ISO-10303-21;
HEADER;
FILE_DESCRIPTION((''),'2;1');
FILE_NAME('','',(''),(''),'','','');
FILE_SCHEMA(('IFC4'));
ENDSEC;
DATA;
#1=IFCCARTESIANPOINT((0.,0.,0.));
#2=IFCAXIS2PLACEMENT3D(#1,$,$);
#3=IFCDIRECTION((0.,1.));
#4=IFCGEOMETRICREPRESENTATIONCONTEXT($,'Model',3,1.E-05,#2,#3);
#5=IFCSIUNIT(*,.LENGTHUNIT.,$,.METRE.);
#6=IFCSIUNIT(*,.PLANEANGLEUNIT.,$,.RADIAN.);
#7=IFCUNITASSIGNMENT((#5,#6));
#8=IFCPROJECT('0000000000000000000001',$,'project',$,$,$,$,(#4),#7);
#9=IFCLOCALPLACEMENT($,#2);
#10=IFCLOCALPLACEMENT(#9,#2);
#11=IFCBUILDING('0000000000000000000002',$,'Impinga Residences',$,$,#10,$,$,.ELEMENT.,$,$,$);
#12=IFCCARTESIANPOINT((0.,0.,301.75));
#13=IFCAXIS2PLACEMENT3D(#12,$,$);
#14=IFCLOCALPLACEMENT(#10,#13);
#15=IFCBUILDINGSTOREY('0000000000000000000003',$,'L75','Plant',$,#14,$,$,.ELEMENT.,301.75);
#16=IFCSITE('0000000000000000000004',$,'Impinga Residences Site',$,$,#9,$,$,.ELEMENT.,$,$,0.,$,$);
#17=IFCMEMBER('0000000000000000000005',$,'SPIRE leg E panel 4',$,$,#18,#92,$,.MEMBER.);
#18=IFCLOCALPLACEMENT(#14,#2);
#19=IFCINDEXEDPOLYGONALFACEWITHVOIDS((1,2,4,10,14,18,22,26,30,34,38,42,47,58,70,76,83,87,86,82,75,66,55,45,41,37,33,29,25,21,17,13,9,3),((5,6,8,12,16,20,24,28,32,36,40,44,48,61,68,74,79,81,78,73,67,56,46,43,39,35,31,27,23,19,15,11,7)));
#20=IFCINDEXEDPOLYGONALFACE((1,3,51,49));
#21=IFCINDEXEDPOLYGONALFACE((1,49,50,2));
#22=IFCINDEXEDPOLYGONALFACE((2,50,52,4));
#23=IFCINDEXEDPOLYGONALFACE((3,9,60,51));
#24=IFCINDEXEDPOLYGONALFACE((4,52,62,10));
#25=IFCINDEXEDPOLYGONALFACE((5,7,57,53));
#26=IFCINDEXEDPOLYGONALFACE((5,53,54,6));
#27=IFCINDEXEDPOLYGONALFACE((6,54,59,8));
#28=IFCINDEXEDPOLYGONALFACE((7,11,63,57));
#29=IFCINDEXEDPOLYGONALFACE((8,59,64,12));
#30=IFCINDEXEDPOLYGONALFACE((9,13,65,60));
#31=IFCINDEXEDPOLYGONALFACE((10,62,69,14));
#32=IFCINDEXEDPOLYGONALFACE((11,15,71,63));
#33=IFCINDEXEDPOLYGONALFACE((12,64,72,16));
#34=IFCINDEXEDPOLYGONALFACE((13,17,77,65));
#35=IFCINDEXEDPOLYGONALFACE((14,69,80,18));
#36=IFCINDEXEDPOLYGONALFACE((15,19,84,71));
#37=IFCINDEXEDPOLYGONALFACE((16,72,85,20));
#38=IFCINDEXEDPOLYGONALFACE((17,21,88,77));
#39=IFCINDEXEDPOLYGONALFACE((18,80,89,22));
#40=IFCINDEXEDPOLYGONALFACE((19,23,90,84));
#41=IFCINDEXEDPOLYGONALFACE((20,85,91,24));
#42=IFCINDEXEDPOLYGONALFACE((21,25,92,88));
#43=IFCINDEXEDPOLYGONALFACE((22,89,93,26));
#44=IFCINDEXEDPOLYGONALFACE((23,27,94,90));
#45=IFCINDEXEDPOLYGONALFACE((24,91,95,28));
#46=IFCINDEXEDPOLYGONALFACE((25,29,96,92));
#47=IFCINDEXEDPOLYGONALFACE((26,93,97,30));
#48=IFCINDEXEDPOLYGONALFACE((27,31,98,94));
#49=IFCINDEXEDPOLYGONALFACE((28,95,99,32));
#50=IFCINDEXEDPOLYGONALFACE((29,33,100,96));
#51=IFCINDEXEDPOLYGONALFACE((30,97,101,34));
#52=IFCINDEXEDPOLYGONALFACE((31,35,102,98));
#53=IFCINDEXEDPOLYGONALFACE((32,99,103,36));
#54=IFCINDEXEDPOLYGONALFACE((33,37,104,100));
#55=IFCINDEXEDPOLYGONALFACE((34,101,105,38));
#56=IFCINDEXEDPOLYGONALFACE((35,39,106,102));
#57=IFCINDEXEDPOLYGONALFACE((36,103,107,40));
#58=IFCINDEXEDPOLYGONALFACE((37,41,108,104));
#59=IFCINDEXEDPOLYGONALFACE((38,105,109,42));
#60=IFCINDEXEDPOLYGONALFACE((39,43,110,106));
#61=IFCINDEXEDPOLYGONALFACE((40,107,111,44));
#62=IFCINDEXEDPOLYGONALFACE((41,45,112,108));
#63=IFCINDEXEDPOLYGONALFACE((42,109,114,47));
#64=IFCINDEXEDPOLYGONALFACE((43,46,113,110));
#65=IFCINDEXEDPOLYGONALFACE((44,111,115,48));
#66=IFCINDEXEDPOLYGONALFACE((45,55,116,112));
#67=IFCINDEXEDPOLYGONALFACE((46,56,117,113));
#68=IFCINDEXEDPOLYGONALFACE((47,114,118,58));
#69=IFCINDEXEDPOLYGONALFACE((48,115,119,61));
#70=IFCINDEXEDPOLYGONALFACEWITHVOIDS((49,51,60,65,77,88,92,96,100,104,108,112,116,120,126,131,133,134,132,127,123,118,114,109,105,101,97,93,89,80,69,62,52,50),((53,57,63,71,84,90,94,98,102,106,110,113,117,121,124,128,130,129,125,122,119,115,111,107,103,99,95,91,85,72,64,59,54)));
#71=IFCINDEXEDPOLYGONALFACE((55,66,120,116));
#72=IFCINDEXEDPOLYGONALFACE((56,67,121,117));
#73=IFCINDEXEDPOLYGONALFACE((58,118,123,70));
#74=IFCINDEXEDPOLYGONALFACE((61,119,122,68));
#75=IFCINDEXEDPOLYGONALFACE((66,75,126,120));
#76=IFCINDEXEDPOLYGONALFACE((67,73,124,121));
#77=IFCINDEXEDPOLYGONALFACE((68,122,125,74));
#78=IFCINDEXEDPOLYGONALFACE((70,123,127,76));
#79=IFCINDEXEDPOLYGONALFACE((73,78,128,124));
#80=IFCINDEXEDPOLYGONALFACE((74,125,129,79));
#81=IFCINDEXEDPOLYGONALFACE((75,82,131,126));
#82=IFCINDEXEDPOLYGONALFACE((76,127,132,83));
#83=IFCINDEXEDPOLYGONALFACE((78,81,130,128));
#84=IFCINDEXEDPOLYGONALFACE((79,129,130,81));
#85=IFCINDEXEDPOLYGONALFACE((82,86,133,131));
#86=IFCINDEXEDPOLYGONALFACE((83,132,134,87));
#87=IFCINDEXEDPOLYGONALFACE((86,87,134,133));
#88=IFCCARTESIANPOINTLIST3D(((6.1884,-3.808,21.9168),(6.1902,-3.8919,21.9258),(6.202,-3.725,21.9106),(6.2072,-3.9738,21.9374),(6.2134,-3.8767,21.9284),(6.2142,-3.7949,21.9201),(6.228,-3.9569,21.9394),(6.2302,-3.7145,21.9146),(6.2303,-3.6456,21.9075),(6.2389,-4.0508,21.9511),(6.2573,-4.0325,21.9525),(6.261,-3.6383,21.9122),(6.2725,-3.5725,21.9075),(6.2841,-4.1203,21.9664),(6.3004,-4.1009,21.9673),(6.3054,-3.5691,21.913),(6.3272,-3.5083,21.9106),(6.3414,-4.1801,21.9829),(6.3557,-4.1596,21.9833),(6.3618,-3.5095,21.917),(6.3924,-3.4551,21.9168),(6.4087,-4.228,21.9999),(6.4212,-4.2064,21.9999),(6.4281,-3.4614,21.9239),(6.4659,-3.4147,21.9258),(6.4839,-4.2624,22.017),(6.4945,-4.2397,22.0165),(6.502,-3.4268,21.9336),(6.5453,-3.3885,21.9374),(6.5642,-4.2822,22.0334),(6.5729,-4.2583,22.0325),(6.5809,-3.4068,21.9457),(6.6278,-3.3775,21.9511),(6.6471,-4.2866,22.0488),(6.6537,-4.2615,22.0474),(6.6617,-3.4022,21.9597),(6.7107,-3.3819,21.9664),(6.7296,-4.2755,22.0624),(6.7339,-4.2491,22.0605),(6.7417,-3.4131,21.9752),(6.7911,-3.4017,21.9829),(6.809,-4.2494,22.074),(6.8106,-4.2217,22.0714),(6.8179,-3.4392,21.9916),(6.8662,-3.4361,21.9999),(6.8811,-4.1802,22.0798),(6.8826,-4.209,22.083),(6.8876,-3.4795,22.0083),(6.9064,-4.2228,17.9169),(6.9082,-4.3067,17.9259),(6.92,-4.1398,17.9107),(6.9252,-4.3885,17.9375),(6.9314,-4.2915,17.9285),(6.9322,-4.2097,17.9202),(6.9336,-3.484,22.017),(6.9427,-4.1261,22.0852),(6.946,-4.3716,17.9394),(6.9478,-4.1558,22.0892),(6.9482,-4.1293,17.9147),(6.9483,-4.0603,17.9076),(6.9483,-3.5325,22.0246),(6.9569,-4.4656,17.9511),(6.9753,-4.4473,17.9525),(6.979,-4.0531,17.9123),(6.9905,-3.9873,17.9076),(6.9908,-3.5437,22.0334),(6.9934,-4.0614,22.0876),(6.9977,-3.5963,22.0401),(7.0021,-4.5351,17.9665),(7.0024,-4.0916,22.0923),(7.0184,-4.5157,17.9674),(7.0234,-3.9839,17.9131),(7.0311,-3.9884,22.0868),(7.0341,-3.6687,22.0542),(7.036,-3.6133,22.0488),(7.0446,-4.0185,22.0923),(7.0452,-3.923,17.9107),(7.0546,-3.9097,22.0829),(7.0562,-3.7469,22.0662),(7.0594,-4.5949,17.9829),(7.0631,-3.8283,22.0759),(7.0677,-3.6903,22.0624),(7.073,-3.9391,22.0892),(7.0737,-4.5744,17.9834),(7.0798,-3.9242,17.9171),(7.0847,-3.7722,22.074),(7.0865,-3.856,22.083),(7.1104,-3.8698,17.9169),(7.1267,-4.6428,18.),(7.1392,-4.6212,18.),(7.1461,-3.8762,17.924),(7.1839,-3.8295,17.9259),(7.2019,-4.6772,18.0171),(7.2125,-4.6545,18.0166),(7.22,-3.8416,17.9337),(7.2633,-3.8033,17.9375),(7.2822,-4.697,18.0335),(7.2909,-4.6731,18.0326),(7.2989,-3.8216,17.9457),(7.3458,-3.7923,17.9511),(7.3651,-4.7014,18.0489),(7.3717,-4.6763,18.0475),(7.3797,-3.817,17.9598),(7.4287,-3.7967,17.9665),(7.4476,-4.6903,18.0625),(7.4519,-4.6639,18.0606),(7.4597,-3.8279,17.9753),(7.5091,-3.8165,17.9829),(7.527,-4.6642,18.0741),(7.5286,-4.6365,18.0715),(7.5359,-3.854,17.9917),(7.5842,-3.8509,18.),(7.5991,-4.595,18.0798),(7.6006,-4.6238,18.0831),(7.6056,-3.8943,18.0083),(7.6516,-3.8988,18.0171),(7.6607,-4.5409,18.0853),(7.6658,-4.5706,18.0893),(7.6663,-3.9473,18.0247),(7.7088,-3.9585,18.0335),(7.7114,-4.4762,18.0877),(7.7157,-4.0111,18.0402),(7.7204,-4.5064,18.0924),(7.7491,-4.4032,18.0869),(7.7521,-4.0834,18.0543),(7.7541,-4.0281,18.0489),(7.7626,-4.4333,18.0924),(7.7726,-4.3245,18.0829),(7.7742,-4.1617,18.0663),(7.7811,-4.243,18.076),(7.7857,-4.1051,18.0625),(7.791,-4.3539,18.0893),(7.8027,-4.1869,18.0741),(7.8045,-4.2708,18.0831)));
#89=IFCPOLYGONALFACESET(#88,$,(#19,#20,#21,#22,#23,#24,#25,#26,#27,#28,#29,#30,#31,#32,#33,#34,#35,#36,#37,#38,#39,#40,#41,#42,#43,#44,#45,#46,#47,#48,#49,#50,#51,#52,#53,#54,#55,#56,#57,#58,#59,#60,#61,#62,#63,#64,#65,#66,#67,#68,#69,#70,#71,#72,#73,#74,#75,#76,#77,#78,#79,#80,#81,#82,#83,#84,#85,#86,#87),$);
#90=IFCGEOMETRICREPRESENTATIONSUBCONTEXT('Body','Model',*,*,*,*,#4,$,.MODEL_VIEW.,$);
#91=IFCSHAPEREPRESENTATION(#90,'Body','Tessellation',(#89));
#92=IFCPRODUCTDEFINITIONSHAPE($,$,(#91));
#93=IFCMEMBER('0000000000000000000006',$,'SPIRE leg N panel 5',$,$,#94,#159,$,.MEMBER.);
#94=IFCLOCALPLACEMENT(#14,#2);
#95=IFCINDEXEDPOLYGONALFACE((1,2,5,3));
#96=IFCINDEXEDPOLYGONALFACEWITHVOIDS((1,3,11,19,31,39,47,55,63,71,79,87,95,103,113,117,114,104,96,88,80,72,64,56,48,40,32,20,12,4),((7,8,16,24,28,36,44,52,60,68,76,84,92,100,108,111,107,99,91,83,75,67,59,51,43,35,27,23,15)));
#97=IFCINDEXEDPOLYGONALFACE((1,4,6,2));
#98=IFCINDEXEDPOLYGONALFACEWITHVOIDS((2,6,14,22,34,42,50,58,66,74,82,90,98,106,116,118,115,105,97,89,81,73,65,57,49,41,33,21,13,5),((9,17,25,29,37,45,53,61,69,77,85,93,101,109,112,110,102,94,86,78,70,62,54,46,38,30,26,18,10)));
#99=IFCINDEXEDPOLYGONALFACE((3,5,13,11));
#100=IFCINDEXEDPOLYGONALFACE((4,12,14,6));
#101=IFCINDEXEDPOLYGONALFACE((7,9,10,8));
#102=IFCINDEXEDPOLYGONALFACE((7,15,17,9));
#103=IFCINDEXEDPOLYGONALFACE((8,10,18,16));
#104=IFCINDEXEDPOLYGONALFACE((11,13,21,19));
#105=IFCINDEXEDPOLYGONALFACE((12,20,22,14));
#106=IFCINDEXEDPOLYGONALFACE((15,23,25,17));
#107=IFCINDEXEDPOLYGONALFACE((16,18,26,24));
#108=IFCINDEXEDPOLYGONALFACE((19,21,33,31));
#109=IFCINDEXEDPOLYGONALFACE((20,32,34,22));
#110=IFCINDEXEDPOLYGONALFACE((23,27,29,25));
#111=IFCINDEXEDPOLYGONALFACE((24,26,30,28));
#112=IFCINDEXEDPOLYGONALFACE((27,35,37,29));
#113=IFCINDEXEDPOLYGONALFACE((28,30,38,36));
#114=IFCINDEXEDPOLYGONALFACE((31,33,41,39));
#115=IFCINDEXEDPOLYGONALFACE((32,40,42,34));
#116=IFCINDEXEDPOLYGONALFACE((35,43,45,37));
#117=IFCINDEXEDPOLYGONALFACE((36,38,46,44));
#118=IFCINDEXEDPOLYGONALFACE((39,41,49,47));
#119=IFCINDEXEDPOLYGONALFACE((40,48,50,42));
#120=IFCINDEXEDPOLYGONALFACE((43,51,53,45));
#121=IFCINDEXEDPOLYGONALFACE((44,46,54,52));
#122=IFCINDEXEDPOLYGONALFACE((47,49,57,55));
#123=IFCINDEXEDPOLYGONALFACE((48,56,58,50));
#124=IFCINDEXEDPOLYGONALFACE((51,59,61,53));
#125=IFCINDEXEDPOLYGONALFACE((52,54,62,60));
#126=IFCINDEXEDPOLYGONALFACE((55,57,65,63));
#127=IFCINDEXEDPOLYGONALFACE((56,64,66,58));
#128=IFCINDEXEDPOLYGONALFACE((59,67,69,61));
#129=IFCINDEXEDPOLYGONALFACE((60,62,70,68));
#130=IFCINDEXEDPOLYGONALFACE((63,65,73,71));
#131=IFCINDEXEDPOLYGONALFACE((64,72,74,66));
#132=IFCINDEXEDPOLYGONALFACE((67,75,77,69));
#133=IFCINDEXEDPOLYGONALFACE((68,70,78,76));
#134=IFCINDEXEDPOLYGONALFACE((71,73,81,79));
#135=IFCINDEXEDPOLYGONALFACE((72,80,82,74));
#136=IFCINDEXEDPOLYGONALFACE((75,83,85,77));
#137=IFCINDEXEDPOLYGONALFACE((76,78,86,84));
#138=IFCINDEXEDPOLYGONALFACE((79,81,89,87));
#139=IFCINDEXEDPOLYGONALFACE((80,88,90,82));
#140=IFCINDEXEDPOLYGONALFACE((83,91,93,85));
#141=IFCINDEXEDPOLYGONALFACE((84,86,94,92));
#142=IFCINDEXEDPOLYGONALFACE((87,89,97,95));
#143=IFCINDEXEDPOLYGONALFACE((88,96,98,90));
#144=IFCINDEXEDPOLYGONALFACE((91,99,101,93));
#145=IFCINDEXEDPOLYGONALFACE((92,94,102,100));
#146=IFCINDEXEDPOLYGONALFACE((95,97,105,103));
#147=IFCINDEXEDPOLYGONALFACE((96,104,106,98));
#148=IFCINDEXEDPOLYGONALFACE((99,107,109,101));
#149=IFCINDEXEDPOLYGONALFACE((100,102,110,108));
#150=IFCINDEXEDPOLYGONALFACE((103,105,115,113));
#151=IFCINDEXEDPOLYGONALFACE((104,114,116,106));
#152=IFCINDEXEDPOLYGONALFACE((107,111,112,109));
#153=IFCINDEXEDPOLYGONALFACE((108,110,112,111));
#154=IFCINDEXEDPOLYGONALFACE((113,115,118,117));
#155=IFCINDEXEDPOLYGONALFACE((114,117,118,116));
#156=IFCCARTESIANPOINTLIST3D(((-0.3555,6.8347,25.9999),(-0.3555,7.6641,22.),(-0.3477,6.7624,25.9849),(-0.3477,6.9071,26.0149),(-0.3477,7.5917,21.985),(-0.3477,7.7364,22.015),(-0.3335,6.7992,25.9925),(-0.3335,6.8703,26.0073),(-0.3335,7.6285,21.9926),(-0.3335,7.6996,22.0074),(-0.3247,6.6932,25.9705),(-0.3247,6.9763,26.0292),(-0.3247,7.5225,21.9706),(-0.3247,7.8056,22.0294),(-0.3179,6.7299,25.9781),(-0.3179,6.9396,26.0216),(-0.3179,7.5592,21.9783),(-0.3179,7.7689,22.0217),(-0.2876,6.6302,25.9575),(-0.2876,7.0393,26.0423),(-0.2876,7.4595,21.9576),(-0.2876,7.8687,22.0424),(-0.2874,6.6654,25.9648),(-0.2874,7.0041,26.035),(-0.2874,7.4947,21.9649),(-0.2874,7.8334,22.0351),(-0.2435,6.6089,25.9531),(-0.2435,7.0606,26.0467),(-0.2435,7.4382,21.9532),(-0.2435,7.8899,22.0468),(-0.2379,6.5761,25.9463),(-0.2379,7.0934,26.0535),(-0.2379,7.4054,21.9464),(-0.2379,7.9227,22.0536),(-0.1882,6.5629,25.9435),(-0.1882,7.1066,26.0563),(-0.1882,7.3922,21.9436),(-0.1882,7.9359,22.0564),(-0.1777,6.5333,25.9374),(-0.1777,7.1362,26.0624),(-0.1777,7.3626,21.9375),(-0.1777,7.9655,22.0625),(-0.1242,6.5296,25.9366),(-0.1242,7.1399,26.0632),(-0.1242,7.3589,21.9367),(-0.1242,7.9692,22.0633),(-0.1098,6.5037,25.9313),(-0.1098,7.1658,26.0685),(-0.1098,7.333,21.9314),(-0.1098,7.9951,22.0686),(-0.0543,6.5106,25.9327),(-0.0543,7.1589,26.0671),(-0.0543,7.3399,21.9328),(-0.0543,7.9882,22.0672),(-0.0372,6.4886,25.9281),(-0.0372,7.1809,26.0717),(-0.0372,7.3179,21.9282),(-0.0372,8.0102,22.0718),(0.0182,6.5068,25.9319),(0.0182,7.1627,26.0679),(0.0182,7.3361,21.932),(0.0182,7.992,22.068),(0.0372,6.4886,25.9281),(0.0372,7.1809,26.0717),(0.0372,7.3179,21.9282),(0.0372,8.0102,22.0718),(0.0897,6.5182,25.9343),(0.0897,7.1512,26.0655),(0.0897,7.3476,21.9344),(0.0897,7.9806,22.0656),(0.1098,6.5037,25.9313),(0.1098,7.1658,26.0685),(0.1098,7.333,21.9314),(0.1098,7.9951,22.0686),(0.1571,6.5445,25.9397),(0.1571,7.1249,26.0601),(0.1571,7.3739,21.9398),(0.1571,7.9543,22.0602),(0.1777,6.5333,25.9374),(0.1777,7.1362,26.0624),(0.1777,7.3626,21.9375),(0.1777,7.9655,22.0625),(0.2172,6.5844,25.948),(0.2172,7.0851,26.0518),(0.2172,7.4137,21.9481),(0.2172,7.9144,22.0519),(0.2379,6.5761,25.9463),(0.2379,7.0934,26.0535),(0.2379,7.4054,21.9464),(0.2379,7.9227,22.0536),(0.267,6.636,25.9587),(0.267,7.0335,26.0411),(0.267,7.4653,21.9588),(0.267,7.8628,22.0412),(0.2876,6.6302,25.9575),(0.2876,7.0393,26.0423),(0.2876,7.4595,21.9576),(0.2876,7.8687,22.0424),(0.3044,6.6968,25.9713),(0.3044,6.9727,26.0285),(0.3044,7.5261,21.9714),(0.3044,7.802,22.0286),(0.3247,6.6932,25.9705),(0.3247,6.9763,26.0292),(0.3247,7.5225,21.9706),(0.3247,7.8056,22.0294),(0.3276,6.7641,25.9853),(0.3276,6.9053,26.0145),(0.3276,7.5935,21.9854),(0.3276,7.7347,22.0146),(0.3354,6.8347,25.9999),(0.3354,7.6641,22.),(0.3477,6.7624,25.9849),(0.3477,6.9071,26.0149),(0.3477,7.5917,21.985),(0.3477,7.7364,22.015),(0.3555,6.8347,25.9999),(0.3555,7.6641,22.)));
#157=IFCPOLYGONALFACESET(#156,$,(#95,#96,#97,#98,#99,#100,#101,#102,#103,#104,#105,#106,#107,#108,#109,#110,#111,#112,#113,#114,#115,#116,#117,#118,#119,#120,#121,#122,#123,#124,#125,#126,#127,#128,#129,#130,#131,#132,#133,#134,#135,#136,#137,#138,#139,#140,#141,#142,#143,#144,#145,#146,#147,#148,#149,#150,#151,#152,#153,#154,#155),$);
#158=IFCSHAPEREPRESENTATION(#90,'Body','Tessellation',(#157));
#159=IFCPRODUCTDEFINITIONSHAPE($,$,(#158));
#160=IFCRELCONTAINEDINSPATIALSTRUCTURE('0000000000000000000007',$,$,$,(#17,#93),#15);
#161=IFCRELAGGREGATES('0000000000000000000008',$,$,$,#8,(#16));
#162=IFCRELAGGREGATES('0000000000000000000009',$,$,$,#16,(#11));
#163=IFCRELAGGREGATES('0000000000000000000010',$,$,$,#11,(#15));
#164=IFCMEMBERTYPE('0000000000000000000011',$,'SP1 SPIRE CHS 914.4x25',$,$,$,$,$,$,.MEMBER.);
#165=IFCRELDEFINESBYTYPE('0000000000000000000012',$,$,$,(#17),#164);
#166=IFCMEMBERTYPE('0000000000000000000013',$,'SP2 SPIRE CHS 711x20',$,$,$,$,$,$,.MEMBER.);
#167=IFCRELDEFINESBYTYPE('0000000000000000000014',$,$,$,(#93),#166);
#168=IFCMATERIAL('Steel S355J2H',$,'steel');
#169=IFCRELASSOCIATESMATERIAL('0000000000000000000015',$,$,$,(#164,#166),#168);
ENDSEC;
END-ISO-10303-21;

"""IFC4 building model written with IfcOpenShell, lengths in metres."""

from ifc_helpers import new_model, si_unit, direction, frame, origin, origin_2d, place, context, subcontext, project, spatial, hollow_circle, extrude, material, material_profile, profile_set, type_object, element, save


model = new_model("IFC4")

# Units and contexts
model_context = context("Model", 3, precision=1e-05, world=origin(), true_north=direction((0.0, 1.0)))
body_context = subcontext(model_context, "Body", "Model", "MODEL_VIEW")
ifc_project = project(units=[si_unit("LENGTHUNIT", "METRE"), si_unit("PLANEANGLEUNIT", "RADIAN")], contexts=[model_context])

# Site, building, storey
site_placement = place(None, origin())
site = spatial("IfcSite", under=ifc_project, at=site_placement, Name="Impinga Residences Site", CompositionType="ELEMENT", RefElevation=0.0)
building_placement = place(site_placement, origin())
building = spatial("IfcBuilding", under=site, at=building_placement, Name="Impinga Residences", CompositionType="ELEMENT")
storey_placement = place(building_placement, frame((0.0, 0.0, 301.75)))
storey = spatial("IfcBuildingStorey", under=building, at=storey_placement, Name="L75", Description="Plant", CompositionType="ELEMENT", Elevation=301.75)

# Members
ifc_material = material(Name="Steel S355J2H", Category="steel")
ifc_material_profile_1 = material_profile(ifc_material, hollow_circle(Radius=0.4573, WallThickness=0.0249, at=origin_2d()), Name="CHS 914.4x25")
ifc_profile_set_1 = profile_set([ifc_material_profile_1], Name="Steel S355J2H")
member_type_1 = type_object("IfcMemberType", Name="SP1 SPIRE CHS 914.4x25", PredefinedType="MEMBER", material=ifc_profile_set_1)
for number, where, z_axis, x_axis, name in (
    (1, (7.3555, -4.2468, 18.0), (-0.175767, 0.10154, 0.979181), (-0.500224, -0.865896, 0.0), "SPIRE leg E panel 4"),
):
    element("IfcMember", number, at=place(storey_placement, frame(where, z_axis=z_axis, x_axis=x_axis)), inside=storey, type_object=member_type_1, Name=name, PredefinedType="MEMBER", context=body_context, shape_type="SweptSolid", body=[
        extrude(hollow_circle(Radius=0.4573, WallThickness=0.0249, at=origin_2d()), origin(), (0.0, 0.0, 1.0), 4.085),
    ])
ifc_material_profile_2 = material_profile(ifc_material, hollow_circle(Radius=0.3555, WallThickness=0.02, at=origin_2d()), Name="CHS 711x20")
ifc_profile_set_2 = profile_set([ifc_material_profile_2], Name="Steel S355J2H")
member_type_2 = type_object("IfcMemberType", Name="SP2 SPIRE CHS 711x20", PredefinedType="MEMBER", material=ifc_profile_set_2)
for number, where, z_axis, x_axis, name in (
    (2, (0.0, 7.6641, 22.0), (0.0, -0.203019, 0.979175), (1.0, 0.0, 0.0), "SPIRE leg N panel 5"),
):
    element("IfcMember", number, at=place(storey_placement, frame(where, z_axis=z_axis, x_axis=x_axis)), inside=storey, type_object=member_type_2, Name=name, PredefinedType="MEMBER", context=body_context, shape_type="SweptSolid", body=[
        extrude(hollow_circle(Radius=0.3555, WallThickness=0.02, at=origin_2d()), origin(), (0.0, 0.0, 1.0), 4.085),
    ])

save(model, "model.ifc")
